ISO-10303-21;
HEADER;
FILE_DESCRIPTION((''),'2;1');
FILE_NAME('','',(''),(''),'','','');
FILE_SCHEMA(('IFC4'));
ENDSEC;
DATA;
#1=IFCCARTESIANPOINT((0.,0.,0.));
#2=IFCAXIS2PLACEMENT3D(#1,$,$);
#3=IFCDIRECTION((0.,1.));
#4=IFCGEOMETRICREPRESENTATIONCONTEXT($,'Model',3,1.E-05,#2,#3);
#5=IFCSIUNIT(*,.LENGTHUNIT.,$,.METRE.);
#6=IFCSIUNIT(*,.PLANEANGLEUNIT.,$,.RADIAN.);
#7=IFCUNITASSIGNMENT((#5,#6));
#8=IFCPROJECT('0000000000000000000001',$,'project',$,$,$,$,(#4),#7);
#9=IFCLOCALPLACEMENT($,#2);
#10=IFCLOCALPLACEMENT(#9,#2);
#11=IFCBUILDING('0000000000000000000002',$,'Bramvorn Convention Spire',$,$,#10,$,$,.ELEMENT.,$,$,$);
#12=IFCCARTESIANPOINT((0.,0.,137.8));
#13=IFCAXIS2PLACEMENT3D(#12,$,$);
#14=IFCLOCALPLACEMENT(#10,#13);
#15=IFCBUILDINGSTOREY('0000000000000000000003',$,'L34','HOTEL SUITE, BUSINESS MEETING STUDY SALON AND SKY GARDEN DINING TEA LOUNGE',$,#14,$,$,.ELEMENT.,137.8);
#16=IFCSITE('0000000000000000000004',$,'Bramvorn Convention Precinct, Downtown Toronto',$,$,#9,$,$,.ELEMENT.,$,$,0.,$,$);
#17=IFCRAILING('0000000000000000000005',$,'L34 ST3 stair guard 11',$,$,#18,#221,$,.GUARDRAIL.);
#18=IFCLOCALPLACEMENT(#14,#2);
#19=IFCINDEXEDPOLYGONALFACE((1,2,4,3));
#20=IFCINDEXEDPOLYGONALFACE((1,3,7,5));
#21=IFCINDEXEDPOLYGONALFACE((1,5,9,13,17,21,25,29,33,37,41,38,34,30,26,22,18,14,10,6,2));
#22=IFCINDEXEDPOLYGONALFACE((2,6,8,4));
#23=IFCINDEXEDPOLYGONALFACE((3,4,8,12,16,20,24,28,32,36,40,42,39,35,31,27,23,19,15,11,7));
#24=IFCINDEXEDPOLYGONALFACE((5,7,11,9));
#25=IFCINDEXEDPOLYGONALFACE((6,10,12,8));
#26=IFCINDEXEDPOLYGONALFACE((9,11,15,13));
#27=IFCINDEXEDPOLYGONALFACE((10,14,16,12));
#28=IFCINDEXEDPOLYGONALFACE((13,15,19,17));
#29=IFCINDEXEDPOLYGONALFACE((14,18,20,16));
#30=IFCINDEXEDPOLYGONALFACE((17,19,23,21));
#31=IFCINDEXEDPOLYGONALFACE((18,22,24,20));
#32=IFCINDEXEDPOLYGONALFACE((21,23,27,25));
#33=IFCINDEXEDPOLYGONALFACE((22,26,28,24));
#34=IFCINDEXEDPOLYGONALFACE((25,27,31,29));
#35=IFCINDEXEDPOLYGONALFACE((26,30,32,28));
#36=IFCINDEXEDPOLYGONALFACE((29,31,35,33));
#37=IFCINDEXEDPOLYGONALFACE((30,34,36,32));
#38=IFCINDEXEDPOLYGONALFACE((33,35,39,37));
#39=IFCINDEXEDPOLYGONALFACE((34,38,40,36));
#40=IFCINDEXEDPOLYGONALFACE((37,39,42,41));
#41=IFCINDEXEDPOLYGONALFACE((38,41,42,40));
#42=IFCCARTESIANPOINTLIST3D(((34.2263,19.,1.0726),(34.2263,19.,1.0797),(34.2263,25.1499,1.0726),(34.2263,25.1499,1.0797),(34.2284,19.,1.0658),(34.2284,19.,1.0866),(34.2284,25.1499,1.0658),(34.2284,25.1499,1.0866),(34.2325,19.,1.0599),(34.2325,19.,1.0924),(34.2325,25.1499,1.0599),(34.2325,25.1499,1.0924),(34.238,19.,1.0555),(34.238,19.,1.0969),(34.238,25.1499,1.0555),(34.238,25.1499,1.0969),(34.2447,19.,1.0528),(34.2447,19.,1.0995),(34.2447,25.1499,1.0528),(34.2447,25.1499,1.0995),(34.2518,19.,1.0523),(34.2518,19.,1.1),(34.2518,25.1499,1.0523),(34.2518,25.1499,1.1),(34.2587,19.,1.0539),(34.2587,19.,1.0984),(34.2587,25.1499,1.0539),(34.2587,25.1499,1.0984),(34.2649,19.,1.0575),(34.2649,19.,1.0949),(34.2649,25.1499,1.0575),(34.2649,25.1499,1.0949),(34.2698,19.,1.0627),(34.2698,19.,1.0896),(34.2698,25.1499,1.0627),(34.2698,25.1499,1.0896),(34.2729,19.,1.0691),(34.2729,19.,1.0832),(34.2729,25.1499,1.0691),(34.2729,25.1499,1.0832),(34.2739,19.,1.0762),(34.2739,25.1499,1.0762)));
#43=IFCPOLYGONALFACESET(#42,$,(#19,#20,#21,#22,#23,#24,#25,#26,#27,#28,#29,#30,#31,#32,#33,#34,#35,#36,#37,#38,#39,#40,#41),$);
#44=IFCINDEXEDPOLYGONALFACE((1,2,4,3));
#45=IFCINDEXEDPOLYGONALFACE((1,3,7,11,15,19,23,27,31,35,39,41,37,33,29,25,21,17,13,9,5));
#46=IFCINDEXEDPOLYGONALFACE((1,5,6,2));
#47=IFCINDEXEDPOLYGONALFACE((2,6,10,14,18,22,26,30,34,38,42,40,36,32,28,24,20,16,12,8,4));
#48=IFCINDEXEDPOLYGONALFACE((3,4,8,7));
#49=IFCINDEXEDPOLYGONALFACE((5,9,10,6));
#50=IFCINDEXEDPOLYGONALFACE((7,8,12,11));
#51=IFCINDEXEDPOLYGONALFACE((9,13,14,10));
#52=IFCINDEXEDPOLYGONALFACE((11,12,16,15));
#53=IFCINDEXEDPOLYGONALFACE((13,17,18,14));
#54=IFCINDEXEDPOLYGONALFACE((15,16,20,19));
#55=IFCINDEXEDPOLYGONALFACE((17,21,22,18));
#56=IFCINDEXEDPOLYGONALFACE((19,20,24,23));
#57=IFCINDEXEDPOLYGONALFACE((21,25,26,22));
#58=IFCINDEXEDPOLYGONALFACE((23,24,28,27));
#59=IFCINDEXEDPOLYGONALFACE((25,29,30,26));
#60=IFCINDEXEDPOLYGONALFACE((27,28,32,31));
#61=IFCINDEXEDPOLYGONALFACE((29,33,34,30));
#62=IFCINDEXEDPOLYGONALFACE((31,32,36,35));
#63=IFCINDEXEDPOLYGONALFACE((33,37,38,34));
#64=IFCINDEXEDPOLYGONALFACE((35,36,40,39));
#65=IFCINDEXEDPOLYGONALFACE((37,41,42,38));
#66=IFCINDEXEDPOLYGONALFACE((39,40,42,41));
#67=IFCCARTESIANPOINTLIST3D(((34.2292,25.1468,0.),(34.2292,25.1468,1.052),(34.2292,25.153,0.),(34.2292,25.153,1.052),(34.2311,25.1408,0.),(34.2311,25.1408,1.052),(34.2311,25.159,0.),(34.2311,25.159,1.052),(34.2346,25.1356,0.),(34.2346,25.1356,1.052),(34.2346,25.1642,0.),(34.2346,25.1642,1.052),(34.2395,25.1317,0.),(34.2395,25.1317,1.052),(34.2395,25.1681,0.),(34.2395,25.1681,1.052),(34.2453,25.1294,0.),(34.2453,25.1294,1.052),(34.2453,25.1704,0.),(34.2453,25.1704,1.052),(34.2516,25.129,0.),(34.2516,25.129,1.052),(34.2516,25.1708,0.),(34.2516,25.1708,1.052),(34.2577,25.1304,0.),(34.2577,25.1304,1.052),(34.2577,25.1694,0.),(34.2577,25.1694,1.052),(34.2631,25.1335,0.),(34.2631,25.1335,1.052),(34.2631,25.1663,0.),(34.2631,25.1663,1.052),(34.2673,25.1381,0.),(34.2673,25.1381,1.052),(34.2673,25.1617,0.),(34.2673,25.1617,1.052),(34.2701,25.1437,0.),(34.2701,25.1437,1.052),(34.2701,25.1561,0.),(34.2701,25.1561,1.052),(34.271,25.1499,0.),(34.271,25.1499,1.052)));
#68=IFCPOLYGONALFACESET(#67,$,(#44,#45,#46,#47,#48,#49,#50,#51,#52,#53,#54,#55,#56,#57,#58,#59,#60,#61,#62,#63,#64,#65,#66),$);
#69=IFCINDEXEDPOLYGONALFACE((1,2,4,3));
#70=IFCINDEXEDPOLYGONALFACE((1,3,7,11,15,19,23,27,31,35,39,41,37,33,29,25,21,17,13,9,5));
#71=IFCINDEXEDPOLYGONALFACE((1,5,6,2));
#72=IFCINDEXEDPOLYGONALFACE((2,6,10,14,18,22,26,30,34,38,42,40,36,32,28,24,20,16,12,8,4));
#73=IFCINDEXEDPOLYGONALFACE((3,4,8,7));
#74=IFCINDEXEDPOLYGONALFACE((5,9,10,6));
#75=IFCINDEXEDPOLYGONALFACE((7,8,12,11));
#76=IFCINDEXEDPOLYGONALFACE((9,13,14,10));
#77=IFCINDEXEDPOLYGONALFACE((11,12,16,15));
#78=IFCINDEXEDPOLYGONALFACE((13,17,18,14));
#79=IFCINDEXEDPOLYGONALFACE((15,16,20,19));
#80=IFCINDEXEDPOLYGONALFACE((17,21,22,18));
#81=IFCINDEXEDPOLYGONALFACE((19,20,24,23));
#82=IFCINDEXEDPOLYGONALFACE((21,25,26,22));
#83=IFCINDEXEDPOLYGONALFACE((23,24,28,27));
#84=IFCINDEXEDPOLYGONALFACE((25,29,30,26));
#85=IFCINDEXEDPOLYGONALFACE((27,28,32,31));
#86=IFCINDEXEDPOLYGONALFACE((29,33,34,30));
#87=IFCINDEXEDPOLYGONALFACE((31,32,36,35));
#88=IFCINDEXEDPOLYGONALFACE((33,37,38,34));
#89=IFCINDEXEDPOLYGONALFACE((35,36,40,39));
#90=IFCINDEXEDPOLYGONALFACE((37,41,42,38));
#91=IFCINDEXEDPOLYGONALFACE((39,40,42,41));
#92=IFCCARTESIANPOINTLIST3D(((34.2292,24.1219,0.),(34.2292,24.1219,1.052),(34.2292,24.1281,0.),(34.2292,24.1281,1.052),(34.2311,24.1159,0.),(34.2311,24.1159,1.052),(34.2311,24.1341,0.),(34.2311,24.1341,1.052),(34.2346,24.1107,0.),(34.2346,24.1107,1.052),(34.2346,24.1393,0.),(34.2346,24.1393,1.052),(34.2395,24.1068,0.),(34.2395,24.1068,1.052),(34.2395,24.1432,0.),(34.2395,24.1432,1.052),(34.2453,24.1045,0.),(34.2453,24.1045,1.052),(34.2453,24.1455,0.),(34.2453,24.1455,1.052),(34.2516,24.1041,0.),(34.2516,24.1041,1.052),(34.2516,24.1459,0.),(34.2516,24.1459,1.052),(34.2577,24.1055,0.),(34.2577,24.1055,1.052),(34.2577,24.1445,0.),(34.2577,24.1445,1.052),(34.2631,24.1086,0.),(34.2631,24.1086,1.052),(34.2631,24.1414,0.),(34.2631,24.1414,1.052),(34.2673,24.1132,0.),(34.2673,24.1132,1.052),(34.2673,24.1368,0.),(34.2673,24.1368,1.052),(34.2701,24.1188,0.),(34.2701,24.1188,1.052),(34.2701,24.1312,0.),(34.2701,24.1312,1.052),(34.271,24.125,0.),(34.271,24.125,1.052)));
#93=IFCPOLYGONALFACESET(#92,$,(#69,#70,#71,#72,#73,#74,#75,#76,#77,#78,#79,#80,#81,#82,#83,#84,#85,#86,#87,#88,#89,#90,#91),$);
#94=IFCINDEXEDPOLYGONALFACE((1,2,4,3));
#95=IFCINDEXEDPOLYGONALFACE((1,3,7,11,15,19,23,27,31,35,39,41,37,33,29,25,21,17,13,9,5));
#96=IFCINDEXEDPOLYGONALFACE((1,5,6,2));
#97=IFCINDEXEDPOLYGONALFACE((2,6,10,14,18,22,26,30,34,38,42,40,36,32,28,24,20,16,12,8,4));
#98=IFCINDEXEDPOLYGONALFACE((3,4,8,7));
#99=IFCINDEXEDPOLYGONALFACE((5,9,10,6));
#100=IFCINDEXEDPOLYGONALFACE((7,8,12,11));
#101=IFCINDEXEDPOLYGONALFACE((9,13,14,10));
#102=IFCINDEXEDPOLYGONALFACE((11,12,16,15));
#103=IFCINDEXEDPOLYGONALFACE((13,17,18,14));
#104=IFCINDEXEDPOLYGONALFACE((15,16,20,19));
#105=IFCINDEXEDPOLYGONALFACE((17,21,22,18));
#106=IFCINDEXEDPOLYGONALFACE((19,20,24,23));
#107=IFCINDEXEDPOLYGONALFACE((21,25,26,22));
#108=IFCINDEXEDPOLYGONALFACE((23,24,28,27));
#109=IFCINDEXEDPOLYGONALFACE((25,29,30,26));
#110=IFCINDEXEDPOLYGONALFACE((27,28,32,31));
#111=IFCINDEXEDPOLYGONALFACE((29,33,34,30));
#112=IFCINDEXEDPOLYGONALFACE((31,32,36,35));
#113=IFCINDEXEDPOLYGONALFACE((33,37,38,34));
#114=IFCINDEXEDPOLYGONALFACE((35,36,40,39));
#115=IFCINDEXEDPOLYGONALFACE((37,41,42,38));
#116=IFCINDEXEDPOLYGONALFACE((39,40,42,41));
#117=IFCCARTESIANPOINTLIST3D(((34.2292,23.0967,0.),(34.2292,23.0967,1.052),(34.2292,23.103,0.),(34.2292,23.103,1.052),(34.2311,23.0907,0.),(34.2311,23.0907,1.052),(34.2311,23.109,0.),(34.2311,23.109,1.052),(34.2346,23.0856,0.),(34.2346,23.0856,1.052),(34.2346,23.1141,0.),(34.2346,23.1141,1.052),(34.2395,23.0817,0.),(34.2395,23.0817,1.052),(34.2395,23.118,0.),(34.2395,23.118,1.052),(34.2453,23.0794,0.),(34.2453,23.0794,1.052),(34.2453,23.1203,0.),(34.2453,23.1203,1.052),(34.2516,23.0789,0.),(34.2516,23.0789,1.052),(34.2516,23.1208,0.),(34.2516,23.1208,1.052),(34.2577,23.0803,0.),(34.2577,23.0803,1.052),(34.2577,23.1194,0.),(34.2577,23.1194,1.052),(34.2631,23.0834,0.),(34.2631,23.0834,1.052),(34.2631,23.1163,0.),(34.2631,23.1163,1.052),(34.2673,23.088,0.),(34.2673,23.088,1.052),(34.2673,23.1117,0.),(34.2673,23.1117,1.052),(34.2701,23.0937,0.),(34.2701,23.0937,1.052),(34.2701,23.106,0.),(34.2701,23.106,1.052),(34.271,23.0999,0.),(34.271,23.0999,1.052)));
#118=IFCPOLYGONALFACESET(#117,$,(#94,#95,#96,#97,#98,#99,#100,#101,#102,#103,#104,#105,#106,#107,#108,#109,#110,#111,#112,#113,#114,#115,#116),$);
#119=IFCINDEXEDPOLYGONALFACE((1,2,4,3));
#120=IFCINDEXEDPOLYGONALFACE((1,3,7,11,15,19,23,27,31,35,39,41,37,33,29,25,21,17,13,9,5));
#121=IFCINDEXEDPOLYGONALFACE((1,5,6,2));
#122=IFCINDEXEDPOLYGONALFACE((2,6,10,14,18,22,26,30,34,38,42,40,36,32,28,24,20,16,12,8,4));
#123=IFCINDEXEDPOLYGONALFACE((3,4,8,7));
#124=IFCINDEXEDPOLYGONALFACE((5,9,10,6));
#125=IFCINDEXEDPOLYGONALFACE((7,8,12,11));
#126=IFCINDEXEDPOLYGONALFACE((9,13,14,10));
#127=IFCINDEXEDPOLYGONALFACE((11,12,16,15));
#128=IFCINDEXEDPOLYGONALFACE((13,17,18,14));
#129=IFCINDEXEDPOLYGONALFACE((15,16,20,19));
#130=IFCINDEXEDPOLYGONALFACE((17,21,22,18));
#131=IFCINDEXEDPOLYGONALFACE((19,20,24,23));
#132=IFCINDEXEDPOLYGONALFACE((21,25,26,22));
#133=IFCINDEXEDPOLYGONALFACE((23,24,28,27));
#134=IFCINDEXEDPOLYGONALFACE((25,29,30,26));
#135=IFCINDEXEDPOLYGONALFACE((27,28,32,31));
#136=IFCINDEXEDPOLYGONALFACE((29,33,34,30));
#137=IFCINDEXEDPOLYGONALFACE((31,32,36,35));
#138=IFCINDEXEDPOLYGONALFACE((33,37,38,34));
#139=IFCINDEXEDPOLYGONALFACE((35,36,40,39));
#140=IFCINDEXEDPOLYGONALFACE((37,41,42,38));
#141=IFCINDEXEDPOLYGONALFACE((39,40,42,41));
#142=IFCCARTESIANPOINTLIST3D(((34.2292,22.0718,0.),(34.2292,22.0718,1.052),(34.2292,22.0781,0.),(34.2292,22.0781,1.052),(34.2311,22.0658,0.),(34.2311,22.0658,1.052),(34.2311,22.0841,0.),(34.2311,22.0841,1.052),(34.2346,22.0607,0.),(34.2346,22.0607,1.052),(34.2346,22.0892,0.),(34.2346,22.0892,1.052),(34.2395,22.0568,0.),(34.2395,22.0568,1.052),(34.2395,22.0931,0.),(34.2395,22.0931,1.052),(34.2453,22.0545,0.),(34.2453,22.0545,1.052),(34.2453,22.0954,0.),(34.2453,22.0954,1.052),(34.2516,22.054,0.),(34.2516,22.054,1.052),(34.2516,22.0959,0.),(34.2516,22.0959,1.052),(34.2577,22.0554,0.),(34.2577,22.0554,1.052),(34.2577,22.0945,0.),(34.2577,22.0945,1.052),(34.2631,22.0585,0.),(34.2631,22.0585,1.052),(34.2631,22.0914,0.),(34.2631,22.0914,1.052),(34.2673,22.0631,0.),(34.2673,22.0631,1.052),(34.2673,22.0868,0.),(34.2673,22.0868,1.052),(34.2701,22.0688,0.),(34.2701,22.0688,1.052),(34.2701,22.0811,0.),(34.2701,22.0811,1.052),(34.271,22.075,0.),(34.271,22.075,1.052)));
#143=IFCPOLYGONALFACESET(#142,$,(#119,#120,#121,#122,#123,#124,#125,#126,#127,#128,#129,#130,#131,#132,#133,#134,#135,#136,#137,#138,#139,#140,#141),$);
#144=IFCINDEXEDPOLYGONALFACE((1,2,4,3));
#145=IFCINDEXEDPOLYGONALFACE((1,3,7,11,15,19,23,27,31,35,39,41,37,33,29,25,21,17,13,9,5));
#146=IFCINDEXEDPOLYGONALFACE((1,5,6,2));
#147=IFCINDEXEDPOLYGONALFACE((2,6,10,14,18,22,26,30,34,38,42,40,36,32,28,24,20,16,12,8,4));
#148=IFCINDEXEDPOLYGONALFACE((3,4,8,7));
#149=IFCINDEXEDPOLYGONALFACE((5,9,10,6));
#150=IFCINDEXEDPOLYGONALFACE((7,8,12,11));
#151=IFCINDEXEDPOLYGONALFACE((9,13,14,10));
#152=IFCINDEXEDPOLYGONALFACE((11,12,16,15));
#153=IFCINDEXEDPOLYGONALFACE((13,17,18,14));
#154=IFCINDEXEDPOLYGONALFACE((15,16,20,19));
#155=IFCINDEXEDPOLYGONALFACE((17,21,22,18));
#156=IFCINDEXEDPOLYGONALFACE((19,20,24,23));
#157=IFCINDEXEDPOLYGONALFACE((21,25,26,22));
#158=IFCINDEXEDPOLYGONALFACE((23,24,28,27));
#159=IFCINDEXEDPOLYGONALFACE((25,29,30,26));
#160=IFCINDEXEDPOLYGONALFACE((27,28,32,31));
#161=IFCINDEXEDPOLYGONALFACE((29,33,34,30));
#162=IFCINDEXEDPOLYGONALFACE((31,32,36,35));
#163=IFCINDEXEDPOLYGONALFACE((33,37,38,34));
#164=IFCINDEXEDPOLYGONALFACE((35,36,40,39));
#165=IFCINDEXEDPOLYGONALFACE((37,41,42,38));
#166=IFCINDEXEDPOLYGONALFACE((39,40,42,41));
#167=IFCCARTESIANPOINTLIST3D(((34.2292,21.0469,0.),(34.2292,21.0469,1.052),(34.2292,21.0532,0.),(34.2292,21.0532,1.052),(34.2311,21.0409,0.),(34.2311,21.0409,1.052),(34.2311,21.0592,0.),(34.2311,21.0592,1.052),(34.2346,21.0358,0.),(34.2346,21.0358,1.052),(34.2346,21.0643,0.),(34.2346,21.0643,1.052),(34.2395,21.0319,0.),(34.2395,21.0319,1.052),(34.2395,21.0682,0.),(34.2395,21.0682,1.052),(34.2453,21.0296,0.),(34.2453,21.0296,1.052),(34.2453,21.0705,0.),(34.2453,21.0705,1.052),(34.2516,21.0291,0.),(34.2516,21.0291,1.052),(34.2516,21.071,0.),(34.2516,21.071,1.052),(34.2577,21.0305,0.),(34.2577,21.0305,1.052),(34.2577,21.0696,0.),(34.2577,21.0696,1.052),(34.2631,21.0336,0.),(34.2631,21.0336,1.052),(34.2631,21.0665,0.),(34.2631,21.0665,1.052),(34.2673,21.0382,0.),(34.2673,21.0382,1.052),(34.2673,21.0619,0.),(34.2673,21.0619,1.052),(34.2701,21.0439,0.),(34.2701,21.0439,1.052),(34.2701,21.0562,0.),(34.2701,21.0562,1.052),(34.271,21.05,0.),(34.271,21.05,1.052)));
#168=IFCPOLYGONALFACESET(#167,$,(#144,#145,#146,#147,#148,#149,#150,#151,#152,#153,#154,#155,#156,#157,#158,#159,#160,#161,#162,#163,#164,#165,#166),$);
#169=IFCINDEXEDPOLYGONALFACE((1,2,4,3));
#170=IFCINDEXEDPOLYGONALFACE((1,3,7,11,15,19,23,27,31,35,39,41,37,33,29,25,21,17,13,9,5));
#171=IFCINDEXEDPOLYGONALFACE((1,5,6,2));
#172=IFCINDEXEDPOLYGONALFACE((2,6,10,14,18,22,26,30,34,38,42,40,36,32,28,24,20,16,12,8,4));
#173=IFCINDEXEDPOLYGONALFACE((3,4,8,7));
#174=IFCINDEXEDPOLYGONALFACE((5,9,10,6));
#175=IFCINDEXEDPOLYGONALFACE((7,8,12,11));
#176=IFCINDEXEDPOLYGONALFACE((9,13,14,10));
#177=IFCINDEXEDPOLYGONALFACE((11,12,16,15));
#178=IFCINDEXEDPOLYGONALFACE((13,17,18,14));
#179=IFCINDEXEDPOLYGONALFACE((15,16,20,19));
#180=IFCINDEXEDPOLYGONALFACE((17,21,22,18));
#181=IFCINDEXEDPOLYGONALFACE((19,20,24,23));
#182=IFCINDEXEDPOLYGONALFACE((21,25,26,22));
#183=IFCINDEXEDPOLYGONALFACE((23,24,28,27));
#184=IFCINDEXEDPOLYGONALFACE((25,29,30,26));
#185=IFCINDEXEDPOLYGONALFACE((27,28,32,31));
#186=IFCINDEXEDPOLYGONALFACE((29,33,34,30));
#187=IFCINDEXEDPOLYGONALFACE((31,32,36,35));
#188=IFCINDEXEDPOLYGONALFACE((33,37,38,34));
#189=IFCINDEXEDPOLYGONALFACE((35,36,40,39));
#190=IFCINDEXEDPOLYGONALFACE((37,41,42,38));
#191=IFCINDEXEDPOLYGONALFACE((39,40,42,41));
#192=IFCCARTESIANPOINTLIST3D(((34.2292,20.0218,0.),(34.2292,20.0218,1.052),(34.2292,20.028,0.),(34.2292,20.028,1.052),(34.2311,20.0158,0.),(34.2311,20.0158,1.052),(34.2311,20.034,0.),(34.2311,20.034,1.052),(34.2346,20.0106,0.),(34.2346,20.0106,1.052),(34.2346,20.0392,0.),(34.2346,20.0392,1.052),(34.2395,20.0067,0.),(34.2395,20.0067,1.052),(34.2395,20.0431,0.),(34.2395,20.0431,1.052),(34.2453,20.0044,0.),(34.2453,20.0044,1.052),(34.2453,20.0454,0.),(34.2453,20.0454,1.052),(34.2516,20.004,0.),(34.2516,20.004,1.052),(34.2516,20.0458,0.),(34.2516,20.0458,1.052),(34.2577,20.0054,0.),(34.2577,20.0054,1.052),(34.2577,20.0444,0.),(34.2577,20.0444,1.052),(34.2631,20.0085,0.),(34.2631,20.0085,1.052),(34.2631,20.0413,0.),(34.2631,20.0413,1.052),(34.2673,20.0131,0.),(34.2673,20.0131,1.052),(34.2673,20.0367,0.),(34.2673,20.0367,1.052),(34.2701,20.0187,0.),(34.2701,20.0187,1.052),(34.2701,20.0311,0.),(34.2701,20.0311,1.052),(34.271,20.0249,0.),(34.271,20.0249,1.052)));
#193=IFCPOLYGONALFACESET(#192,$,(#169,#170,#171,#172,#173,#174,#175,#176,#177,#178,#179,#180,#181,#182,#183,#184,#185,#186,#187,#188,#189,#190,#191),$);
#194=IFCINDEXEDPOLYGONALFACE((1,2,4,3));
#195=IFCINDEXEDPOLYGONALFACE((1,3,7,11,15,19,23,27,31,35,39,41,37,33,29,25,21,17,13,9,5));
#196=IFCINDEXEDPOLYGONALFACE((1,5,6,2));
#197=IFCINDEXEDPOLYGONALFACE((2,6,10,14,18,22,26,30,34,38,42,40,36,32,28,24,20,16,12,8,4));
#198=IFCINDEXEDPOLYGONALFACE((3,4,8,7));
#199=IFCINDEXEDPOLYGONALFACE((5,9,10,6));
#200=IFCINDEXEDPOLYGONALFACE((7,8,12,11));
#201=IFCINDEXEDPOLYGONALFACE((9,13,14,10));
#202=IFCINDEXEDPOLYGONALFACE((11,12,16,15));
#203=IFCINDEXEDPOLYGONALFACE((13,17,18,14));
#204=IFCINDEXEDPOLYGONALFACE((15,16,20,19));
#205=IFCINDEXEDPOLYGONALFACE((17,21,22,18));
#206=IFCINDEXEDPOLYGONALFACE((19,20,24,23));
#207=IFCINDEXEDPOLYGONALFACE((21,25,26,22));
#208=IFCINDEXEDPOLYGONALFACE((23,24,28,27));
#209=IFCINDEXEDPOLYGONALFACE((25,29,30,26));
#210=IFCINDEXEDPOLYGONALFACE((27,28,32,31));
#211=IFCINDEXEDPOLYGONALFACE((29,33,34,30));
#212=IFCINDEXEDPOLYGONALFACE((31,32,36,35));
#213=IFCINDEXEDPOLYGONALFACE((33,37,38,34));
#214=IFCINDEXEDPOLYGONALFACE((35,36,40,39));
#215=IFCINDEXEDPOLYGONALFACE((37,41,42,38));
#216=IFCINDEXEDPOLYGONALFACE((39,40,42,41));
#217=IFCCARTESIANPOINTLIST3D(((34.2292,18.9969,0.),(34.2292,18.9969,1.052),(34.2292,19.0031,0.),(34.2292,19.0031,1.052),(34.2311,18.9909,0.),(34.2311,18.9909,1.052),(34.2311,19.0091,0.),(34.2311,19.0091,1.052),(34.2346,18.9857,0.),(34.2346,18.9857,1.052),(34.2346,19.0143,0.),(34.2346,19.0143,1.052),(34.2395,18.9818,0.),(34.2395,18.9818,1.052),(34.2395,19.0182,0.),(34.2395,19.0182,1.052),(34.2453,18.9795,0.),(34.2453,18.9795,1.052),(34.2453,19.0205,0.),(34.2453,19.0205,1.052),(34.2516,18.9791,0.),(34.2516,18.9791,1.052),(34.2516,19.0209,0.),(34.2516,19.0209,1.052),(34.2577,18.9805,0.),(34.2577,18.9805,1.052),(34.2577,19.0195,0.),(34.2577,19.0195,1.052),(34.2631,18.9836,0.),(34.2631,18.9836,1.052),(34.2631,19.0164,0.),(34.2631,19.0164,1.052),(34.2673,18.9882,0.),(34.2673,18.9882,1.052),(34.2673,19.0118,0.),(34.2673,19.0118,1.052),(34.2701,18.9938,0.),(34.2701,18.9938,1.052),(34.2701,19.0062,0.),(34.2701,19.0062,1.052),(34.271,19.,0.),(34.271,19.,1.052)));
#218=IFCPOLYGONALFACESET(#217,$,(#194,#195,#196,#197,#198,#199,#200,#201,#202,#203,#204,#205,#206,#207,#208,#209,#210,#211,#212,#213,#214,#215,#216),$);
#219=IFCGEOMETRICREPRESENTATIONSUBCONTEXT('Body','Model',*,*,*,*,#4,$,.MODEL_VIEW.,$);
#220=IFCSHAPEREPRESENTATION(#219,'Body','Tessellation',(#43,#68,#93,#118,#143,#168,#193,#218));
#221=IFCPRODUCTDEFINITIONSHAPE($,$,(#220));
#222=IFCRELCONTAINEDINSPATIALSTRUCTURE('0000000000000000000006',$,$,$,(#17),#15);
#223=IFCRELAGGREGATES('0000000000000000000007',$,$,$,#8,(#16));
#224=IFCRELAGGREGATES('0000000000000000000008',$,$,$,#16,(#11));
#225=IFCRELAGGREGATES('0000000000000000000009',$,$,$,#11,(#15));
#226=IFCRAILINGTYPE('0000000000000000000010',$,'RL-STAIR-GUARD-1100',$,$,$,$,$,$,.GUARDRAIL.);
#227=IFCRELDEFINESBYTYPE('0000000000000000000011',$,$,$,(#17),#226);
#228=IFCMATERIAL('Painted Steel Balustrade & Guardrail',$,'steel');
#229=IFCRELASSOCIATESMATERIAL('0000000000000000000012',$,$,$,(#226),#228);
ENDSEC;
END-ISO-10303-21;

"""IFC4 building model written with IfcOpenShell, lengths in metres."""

from ifc_helpers import new_model, si_unit, direction, frame, origin, origin_2d, place, context, subcontext, project, spatial, circle, extrude, material, type_object, element, save


model = new_model("IFC4")

# Units and contexts
model_context = context("Model", 3, precision=1e-05, world=origin(), true_north=direction((0.0, 1.0)))
body_context = subcontext(model_context, "Body", "Model", "MODEL_VIEW")
ifc_project = project(units=[si_unit("LENGTHUNIT", "METRE"), si_unit("PLANEANGLEUNIT", "RADIAN")], contexts=[model_context])

# Site, building, storey
site_placement = place(None, origin())
site = spatial("IfcSite", under=ifc_project, at=site_placement, Name="Bramvorn Convention Precinct, Downtown Toronto", CompositionType="ELEMENT", RefElevation=0.0)
building_placement = place(site_placement, origin())
building = spatial("IfcBuilding", under=site, at=building_placement, Name="Bramvorn Convention Spire", CompositionType="ELEMENT")
storey_placement = place(building_placement, frame((0.0, 0.0, 137.8)))
storey = spatial("IfcBuildingStorey", under=building, at=storey_placement, Name="L34", Description="HOTEL SUITE, BUSINESS MEETING STUDY SALON AND SKY GARDEN DINING TEA LOUNGE", CompositionType="ELEMENT", Elevation=137.8)

# Railing
ifc_material_1 = material(Name="Painted Steel Balustrade & Guardrail", Category="steel")
railing_type_1 = type_object("IfcRailingType", Name="RL-STAIR-GUARD-1100", PredefinedType="GUARDRAIL", material=ifc_material_1)
railing_1_placement = place(storey_placement, frame((34.25, 25.1499, 0.0)))
element("IfcRailing", 1, at=railing_1_placement, inside=storey, type_object=railing_type_1, Name="L34 ST3 stair guard 11", PredefinedType="GUARDRAIL", context=body_context, shape_type="SweptSolid", body=[
    extrude(circle(Radius=0.0239, at=origin_2d()), frame((0.0, 0.0, 1.0762), z_axis=(0.0, -1.0, 0.0), x_axis=(1.0, 0.0, 0.0)), (0.0, 0.0, 1.0), 6.1499),
    extrude(circle(Radius=0.021, at=origin_2d()), origin(), (0.0, 0.0, 1.0), 1.052),
    extrude(circle(Radius=0.021, at=origin_2d()), frame((0.0, -1.0249, 0.0)), (0.0, 0.0, 1.0), 1.052),
    extrude(circle(Radius=0.021, at=origin_2d()), frame((0.0, -2.05, 0.0)), (0.0, 0.0, 1.0), 1.052),
    extrude(circle(Radius=0.021, at=origin_2d()), frame((0.0, -3.075, 0.0)), (0.0, 0.0, 1.0), 1.052),
    extrude(circle(Radius=0.021, at=origin_2d()), frame((0.0, -4.0999, 0.0)), (0.0, 0.0, 1.0), 1.052),
    extrude(circle(Radius=0.021, at=origin_2d()), frame((0.0, -5.125, 0.0)), (0.0, 0.0, 1.0), 1.052),
    extrude(circle(Radius=0.021, at=origin_2d()), frame((0.0, -6.1499, 0.0)), (0.0, 0.0, 1.0), 1.052),
])

save(model, "model.ifc")
